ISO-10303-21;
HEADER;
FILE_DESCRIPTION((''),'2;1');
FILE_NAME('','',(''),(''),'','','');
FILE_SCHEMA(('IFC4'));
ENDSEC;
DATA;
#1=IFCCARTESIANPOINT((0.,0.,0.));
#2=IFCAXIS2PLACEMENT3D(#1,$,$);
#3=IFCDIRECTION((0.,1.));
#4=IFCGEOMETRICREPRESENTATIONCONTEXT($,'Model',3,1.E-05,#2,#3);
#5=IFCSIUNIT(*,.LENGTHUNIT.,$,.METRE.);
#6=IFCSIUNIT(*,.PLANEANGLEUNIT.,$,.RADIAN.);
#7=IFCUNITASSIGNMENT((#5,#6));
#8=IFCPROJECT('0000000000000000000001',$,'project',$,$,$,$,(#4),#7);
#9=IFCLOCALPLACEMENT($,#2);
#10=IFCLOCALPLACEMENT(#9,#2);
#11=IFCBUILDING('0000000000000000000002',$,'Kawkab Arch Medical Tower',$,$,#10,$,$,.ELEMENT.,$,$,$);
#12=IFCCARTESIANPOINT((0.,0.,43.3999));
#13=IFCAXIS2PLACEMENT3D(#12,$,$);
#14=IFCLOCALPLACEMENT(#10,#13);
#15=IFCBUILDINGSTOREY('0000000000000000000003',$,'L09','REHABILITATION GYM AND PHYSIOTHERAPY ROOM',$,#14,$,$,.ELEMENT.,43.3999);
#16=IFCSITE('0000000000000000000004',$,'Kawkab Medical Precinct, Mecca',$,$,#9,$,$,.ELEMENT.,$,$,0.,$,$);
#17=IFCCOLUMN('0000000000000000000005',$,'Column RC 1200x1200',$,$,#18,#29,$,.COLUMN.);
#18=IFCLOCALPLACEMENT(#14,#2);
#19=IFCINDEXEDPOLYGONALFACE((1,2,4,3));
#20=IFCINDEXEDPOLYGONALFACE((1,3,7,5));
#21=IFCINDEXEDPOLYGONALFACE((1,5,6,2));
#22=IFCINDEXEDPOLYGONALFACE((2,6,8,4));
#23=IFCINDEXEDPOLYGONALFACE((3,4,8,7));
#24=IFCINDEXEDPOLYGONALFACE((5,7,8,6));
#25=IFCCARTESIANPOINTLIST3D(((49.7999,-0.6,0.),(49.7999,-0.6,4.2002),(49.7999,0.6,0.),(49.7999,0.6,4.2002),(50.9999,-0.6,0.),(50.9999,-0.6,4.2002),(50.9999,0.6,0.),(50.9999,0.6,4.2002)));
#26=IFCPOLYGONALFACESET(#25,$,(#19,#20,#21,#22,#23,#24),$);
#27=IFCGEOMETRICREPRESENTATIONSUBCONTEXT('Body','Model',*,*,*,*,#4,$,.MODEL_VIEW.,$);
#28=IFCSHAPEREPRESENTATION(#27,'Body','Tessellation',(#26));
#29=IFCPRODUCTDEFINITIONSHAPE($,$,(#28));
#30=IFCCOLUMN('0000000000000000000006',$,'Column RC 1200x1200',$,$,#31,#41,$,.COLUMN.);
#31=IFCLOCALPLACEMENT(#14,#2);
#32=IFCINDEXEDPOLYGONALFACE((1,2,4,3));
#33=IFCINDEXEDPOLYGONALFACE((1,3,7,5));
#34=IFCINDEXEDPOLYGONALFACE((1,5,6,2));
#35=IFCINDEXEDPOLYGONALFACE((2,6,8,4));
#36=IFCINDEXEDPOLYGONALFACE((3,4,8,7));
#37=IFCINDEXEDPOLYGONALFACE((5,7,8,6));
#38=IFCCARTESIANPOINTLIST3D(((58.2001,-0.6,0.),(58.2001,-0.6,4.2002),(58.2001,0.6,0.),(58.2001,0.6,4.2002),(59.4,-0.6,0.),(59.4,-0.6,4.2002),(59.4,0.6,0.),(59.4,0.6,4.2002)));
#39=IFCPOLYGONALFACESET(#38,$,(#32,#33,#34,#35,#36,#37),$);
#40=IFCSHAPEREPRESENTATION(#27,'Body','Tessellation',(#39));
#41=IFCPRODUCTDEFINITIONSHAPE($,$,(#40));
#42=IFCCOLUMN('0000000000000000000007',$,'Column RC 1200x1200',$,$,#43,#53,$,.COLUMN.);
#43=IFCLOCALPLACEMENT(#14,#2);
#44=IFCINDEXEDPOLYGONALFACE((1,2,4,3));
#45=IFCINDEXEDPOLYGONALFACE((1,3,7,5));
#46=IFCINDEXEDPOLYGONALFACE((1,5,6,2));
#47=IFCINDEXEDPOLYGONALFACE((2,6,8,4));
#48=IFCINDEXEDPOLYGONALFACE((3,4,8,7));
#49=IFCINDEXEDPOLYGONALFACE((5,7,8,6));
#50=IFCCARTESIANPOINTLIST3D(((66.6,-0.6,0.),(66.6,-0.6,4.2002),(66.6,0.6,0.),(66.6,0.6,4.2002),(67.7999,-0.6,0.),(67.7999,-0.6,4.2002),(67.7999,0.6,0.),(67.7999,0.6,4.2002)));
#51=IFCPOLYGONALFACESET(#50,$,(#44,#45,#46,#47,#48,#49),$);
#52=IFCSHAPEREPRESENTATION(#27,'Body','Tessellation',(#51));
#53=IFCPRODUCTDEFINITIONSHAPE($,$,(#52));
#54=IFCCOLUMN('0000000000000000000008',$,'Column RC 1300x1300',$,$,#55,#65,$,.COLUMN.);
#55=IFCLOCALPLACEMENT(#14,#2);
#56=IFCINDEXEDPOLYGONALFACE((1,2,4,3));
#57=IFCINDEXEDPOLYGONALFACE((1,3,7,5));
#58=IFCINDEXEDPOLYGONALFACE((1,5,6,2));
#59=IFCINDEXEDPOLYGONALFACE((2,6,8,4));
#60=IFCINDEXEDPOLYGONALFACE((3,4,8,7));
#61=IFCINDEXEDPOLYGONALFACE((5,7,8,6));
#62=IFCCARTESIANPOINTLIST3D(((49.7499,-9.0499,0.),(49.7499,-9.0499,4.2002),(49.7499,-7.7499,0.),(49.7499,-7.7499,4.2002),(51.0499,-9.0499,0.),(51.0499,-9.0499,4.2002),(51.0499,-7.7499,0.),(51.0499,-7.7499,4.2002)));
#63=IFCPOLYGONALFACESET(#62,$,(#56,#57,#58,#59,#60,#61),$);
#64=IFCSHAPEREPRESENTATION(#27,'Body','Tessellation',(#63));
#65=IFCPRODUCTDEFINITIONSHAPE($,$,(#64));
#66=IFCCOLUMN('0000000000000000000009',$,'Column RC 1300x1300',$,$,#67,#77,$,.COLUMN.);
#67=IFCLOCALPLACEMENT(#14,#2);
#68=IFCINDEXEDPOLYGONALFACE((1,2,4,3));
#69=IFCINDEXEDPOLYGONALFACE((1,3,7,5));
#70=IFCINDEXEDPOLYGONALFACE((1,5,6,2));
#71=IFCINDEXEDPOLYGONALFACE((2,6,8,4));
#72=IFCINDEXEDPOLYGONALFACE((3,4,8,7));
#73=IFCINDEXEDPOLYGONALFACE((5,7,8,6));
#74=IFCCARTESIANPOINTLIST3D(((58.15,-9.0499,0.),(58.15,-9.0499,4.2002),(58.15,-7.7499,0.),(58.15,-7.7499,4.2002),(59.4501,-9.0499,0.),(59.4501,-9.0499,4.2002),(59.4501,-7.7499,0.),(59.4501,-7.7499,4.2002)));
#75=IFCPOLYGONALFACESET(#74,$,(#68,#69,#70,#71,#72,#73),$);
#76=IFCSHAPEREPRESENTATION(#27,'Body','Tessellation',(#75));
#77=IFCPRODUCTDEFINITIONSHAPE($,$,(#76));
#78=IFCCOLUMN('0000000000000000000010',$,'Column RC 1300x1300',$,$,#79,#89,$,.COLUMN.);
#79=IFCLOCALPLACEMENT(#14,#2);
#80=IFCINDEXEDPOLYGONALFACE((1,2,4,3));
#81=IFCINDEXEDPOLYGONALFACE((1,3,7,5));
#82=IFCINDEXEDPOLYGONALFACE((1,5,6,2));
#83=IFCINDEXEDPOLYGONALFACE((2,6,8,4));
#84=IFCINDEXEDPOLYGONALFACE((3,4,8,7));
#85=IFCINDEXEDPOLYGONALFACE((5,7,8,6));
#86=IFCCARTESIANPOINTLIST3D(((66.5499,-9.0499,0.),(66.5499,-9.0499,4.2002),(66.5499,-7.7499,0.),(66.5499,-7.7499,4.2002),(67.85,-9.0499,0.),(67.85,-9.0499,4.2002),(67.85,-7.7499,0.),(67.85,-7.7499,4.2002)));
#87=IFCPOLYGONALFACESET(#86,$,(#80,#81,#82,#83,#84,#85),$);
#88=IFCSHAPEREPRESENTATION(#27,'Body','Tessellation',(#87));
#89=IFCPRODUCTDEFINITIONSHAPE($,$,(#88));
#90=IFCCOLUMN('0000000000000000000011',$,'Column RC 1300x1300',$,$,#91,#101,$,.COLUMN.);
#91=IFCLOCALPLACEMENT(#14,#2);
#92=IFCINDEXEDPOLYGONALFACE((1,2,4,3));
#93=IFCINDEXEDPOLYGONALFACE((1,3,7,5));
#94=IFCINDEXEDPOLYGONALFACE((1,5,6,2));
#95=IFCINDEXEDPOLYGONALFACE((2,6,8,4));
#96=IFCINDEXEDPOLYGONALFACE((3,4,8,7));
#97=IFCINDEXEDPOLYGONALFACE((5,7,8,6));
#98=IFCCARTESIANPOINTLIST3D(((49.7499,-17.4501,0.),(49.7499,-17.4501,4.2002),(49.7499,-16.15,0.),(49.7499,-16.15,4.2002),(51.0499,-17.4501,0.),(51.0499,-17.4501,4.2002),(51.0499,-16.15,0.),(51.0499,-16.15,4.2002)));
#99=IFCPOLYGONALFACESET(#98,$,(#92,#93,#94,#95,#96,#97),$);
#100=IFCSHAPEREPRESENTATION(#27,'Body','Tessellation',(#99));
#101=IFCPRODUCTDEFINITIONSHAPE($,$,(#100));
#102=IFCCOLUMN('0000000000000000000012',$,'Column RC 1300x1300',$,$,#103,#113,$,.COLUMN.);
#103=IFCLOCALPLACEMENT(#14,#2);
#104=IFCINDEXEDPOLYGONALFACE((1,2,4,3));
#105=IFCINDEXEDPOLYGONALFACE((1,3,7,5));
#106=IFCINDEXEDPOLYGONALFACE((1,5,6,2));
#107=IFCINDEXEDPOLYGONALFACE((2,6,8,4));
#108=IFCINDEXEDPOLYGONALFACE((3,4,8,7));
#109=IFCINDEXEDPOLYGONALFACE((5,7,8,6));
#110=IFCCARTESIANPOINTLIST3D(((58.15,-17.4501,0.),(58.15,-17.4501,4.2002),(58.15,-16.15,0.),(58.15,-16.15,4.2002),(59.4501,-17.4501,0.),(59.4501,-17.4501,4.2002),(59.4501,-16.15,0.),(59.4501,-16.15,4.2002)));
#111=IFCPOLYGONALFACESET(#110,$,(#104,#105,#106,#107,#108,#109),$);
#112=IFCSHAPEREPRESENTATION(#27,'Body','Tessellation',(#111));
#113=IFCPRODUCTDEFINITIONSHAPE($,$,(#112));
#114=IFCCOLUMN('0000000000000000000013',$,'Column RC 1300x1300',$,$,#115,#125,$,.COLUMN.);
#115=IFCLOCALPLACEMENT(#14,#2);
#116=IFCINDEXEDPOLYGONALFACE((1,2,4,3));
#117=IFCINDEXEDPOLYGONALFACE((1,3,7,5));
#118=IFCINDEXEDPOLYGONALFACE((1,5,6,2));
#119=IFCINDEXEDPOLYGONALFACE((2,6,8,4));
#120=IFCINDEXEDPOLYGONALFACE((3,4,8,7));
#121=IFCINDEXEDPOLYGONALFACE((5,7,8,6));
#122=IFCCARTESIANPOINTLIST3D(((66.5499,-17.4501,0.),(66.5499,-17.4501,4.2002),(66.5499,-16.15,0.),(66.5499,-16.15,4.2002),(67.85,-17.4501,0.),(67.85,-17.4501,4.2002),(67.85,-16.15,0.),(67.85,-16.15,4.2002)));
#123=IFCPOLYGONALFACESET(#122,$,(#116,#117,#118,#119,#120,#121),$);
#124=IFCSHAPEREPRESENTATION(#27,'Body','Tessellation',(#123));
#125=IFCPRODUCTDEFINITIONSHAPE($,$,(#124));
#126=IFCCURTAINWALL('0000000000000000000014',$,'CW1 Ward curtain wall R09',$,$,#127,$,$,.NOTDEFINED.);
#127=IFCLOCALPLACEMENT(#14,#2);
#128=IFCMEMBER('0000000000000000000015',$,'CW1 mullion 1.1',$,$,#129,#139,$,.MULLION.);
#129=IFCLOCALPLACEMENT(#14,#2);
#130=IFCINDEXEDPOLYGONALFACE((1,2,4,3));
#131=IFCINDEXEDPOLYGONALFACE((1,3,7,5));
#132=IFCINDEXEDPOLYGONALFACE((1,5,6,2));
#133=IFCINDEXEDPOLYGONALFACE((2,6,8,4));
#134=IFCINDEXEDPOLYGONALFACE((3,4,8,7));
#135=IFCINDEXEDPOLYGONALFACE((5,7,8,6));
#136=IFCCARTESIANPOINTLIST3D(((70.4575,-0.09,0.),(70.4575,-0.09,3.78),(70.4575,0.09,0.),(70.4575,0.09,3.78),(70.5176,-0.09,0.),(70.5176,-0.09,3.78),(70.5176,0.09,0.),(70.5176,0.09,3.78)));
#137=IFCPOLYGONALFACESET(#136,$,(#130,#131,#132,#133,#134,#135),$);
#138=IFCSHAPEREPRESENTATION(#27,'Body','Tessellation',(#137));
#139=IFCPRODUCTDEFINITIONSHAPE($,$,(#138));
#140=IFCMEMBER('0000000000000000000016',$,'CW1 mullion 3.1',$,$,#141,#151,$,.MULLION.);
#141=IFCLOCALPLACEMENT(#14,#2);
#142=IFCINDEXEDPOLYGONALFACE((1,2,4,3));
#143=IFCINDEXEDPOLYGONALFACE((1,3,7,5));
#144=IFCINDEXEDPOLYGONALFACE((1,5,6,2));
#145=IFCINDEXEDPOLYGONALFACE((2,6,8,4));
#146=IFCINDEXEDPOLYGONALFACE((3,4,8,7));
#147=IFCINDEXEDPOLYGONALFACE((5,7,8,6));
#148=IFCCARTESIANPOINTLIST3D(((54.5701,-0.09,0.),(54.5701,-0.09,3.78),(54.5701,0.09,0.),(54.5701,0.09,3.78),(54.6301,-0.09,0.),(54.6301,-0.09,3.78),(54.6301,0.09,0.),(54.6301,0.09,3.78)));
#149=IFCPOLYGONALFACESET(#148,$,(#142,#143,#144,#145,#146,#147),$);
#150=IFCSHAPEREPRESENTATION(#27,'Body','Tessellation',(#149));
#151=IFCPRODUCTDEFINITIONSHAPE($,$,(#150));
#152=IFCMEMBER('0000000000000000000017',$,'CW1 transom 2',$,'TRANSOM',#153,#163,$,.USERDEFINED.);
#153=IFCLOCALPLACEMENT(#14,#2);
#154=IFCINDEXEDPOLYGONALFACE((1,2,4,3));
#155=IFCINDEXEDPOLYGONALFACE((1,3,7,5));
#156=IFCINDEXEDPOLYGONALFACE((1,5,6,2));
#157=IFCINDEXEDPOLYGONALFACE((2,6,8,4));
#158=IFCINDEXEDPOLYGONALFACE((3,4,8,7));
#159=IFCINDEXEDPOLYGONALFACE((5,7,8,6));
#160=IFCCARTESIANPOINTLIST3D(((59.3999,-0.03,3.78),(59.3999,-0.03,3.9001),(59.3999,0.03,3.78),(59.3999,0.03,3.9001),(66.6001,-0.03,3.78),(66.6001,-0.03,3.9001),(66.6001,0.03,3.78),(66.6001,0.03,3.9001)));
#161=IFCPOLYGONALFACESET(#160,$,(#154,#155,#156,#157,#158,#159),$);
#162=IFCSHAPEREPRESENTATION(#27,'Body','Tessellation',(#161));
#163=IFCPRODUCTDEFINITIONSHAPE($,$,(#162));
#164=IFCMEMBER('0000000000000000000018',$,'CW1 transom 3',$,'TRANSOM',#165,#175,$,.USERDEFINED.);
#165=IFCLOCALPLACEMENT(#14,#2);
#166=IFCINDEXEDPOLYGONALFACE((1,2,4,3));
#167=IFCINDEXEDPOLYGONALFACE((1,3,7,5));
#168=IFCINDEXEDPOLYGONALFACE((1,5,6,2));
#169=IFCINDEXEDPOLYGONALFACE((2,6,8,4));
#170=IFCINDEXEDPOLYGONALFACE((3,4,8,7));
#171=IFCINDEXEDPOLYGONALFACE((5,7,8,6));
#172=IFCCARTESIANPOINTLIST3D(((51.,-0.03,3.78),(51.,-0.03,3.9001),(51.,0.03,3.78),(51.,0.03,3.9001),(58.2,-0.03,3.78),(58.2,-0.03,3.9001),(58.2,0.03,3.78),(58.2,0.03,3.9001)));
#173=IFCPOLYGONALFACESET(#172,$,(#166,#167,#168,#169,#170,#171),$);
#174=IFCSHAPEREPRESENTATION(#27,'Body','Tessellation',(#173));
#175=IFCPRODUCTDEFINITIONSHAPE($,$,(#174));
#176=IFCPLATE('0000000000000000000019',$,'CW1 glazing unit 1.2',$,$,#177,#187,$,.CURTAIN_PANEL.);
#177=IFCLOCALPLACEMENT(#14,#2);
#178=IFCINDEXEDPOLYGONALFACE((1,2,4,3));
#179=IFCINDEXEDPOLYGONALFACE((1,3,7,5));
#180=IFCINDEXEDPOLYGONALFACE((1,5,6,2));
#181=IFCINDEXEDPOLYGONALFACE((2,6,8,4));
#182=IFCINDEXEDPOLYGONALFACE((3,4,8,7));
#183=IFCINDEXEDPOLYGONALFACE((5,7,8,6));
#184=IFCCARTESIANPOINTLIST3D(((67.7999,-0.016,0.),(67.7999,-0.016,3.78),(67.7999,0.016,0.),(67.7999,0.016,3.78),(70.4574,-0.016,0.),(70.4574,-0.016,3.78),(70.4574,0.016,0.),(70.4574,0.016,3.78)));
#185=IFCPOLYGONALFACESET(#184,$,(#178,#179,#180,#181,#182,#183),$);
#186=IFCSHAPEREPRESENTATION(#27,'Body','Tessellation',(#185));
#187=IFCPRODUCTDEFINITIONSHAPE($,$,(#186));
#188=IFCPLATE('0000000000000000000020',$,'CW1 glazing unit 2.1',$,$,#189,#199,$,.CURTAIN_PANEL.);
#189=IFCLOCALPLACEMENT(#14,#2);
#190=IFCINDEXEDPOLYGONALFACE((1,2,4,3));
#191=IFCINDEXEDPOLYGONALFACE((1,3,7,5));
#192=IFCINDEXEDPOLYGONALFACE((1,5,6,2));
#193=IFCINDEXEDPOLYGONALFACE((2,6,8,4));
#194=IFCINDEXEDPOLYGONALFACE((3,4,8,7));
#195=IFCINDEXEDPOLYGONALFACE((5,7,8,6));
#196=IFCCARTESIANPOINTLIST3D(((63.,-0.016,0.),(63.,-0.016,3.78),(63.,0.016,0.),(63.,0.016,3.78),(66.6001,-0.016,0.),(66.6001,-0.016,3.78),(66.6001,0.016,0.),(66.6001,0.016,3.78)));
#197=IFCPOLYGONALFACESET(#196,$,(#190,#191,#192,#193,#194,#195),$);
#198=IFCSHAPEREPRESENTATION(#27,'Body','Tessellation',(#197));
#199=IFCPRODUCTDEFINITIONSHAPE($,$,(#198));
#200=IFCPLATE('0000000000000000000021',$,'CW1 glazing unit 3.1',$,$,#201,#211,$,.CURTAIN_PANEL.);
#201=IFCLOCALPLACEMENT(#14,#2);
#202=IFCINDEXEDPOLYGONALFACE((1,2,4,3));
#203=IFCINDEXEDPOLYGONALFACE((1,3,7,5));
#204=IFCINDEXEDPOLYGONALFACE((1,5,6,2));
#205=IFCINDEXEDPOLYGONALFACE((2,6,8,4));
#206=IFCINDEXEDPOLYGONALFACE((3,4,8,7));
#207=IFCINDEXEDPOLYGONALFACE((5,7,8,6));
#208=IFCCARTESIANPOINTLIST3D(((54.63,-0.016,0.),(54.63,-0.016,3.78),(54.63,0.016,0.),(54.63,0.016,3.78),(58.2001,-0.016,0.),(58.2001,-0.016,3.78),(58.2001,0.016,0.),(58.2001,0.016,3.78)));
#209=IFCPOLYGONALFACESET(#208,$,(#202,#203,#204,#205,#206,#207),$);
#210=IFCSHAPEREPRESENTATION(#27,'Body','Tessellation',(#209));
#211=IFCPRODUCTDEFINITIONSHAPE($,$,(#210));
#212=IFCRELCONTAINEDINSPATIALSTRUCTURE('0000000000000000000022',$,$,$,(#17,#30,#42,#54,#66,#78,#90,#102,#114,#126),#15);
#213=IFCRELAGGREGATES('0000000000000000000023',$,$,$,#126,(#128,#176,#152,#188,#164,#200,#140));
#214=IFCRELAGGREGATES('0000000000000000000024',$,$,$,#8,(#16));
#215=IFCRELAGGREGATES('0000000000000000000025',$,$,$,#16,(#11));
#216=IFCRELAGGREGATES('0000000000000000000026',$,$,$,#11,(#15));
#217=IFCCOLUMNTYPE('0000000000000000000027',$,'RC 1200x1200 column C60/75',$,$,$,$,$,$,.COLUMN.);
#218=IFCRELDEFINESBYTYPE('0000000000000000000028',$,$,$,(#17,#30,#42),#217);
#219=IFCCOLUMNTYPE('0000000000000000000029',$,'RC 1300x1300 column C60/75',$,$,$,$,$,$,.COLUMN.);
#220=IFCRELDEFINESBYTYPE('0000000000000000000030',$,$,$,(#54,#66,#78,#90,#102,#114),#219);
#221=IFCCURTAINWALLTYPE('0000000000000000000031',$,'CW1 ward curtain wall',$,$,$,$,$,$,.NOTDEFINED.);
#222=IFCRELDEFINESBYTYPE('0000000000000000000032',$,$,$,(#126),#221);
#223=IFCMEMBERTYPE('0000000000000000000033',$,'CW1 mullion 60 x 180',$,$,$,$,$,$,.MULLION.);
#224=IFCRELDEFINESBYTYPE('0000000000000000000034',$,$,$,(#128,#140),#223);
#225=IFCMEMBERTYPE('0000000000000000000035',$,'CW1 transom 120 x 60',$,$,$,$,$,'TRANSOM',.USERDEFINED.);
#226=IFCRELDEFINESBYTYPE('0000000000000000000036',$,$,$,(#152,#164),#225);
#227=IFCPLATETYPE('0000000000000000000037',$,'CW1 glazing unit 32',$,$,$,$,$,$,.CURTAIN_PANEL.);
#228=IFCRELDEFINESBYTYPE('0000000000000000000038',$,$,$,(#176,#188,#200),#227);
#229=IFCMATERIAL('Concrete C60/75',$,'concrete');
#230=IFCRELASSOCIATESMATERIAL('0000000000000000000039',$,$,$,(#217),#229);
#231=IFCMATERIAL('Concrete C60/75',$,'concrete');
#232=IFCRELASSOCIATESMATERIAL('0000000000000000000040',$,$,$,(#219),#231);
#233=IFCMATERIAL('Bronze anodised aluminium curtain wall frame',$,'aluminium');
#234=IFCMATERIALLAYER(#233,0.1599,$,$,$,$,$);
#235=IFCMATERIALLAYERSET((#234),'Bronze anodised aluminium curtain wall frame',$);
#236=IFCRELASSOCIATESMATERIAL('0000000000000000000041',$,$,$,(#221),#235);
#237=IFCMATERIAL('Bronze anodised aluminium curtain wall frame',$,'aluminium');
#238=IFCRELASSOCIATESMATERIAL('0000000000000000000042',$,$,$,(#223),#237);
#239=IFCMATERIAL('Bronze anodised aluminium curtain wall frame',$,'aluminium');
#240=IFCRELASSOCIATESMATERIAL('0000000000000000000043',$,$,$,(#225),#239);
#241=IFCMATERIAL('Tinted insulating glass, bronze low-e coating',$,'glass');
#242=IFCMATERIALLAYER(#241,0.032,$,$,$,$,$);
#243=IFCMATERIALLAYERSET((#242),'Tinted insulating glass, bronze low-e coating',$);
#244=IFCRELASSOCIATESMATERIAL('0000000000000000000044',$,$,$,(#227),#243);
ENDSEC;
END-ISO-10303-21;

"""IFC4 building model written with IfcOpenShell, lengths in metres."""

from ifc_helpers import new_model, si_unit, direction, frame, origin, origin_2d, place, context, subcontext, project, spatial, rectangle, extrude, material, layer, layer_set, material_profile, profile_set, type_object, element, aggregate, save


model = new_model("IFC4")

# Units and contexts
model_context = context("Model", 3, precision=1e-05, world=origin(), true_north=direction((0.0, 1.0)))
body_context = subcontext(model_context, "Body", "Model", "MODEL_VIEW")
ifc_project = project(units=[si_unit("LENGTHUNIT", "METRE"), si_unit("PLANEANGLEUNIT", "RADIAN")], contexts=[model_context])

# Site, building, storey
site_placement = place(None, origin())
site = spatial("IfcSite", under=ifc_project, at=site_placement, Name="Kawkab Medical Precinct, Mecca", CompositionType="ELEMENT", RefElevation=0.0)
building_placement = place(site_placement, origin())
building = spatial("IfcBuilding", under=site, at=building_placement, Name="Kawkab Arch Medical Tower", CompositionType="ELEMENT")
storey_placement = place(building_placement, frame((0.0, 0.0, 43.3999)))
storey = spatial("IfcBuildingStorey", under=building, at=storey_placement, Name="L09", Description="REHABILITATION GYM AND PHYSIOTHERAPY ROOM", CompositionType="ELEMENT", Elevation=43.3999)

# Columns
ifc_material_1 = material(Name="Concrete C60/75", Category="concrete")
ifc_material_profile_1 = material_profile(ifc_material_1, rectangle(XDim=1.2, YDim=1.2, at=origin_2d()), Name="RC 1200x1200")
ifc_profile_set_1 = profile_set([ifc_material_profile_1], Name="Concrete C60/75")
column_type_1 = type_object("IfcColumnType", Name="RC 1200x1200 column C60/75", PredefinedType="COLUMN", material=ifc_profile_set_1)
for number, where, z_axis, x_axis, name in (
    (1, (50.3999, 0.0, 0.0), (0.0, 0.0, 1.0), (1.0, 0.0, 0.0), "Column RC 1200x1200"),
    (2, (58.8, 0.0, 0.0), (0.0, 0.0, 1.0), (1.0, 0.0, 0.0), "Column RC 1200x1200"),
    (3, (67.2, 0.0, 0.0), (0.0, 0.0, 1.0), (1.0, 0.0, 0.0), "Column RC 1200x1200"),
):
    element("IfcColumn", number, at=place(storey_placement, frame(where, z_axis=z_axis, x_axis=x_axis)), inside=storey, type_object=column_type_1, Name=name, PredefinedType="COLUMN", context=body_context, shape_type="SweptSolid", body=[
        extrude(rectangle(XDim=1.2, YDim=1.2, at=origin_2d()), origin(), (0.0, 0.0, 1.0), 4.2002),
    ])
ifc_material_2 = material(Name="Concrete C60/75", Category="concrete")
ifc_material_profile_2 = material_profile(ifc_material_2, rectangle(XDim=1.3, YDim=1.3, at=origin_2d()), Name="RC 1300x1300")
ifc_profile_set_2 = profile_set([ifc_material_profile_2], Name="Concrete C60/75")
column_type_2 = type_object("IfcColumnType", Name="RC 1300x1300 column C60/75", PredefinedType="COLUMN", material=ifc_profile_set_2)
for number, where, z_axis, x_axis, name in (
    (4, (50.3999, -8.3999, 0.0), (0.0, 0.0, 1.0), (1.0, 0.0, 0.0), "Column RC 1300x1300"),
    (5, (58.8, -8.3999, 0.0), (0.0, 0.0, 1.0), (1.0, 0.0, 0.0), "Column RC 1300x1300"),
    (6, (67.2, -8.3999, 0.0), (0.0, 0.0, 1.0), (1.0, 0.0, 0.0), "Column RC 1300x1300"),
    (7, (50.3999, -16.8, 0.0), (0.0, 0.0, 1.0), (1.0, 0.0, 0.0), "Column RC 1300x1300"),
    (8, (58.8, -16.8, 0.0), (0.0, 0.0, 1.0), (1.0, 0.0, 0.0), "Column RC 1300x1300"),
    (9, (67.2, -16.8, 0.0), (0.0, 0.0, 1.0), (1.0, 0.0, 0.0), "Column RC 1300x1300"),
):
    element("IfcColumn", number, at=place(storey_placement, frame(where, z_axis=z_axis, x_axis=x_axis)), inside=storey, type_object=column_type_2, Name=name, PredefinedType="COLUMN", context=body_context, shape_type="SweptSolid", body=[
        extrude(rectangle(XDim=1.3, YDim=1.3, at=origin_2d()), origin(), (0.0, 0.0, 1.0), 4.2002),
    ])

# Curtain wall, members, plates
ifc_material_3 = material(Name="Bronze anodised aluminium curtain wall frame", Category="aluminium")
ifc_layer_1 = layer(ifc_material_3, 0.1599)
ifc_layer_set_1 = layer_set([ifc_layer_1], Name="Bronze anodised aluminium curtain wall frame")
curtain_wall_type = type_object("IfcCurtainWallType", Name="CW1 ward curtain wall", PredefinedType="NOTDEFINED", material=ifc_layer_set_1)
curtain_wall_placement = place(storey_placement, origin())
curtain_wall = element("IfcCurtainWall", 10, at=curtain_wall_placement, inside=storey, type_object=curtain_wall_type, Name="CW1 Ward curtain wall R09", PredefinedType="NOTDEFINED")
ifc_material_4 = material(Name="Bronze anodised aluminium curtain wall frame", Category="aluminium")
ifc_material_profile_3 = material_profile(ifc_material_4, rectangle(XDim=0.1799, YDim=0.0601, at=origin_2d()), Name="AL 60x180")
ifc_profile_set_3 = profile_set([ifc_material_profile_3], Name="Bronze anodised aluminium curtain wall frame")
member_type_1 = type_object("IfcMemberType", Name="CW1 mullion 60 x 180", PredefinedType="MULLION", material=ifc_profile_set_3)
member_1_placement = place(storey_placement, frame((70.4875, 0.0, 0.0), z_axis=(0.0, 0.0, 1.0), x_axis=(0.0, -1.0, 0.0)))
member_1 = element("IfcMember", 11, at=member_1_placement, type_object=member_type_1, Name="CW1 mullion 1.1", PredefinedType="MULLION", context=body_context, shape_type="SweptSolid", body=[
    extrude(rectangle(XDim=0.1799, YDim=0.0601, at=origin_2d()), origin(), (0.0, 0.0, 1.0), 3.78),
])
member_2_placement = place(storey_placement, frame((54.6001, 0.0, 0.0), z_axis=(0.0, 0.0, 1.0), x_axis=(0.0, -1.0, 0.0)))
member_2 = element("IfcMember", 12, at=member_2_placement, type_object=member_type_1, Name="CW1 mullion 3.1", PredefinedType="MULLION", context=body_context, shape_type="SweptSolid", body=[
    extrude(rectangle(XDim=0.1799, YDim=0.0601, at=origin_2d()), origin(), (0.0, 0.0, 1.0), 3.78),
])
ifc_material_5 = material(Name="Bronze anodised aluminium curtain wall frame", Category="aluminium")
ifc_material_profile_4 = material_profile(ifc_material_5, rectangle(XDim=0.0601, YDim=0.1201, at=origin_2d()), Name="AL 60x120")
ifc_profile_set_4 = profile_set([ifc_material_profile_4], Name="Bronze anodised aluminium curtain wall frame")
member_type_2 = type_object("IfcMemberType", Name="CW1 transom 120 x 60", ElementType="TRANSOM", PredefinedType="USERDEFINED", material=ifc_profile_set_4)
member_3_placement = place(storey_placement, frame((66.6001, 0.0, 3.8401), z_axis=(-1.0, 0.0, 0.0), x_axis=(0.0, -1.0, 0.0)))
member_3 = element("IfcMember", 13, at=member_3_placement, type_object=member_type_2, Name="CW1 transom 2", ObjectType="TRANSOM", PredefinedType="USERDEFINED", context=body_context, shape_type="SweptSolid", body=[
    extrude(rectangle(XDim=0.0601, YDim=0.1201, at=origin_2d()), origin(), (0.0, 0.0, 1.0), 7.2002),
])
member_4_placement = place(storey_placement, frame((58.2, 0.0, 3.8401), z_axis=(-1.0, 0.0, 0.0), x_axis=(0.0, -1.0, 0.0)))
member_4 = element("IfcMember", 14, at=member_4_placement, type_object=member_type_2, Name="CW1 transom 3", ObjectType="TRANSOM", PredefinedType="USERDEFINED", context=body_context, shape_type="SweptSolid", body=[
    extrude(rectangle(XDim=0.0601, YDim=0.1201, at=origin_2d()), origin(), (0.0, 0.0, 1.0), 7.2),
])
ifc_material_6 = material(Name="Tinted insulating glass, bronze low-e coating", Category="glass")
ifc_layer_2 = layer(ifc_material_6, 0.032)
ifc_layer_set_2 = layer_set([ifc_layer_2], Name="Tinted insulating glass, bronze low-e coating")
plate_type = type_object("IfcPlateType", Name="CW1 glazing unit 32", PredefinedType="CURTAIN_PANEL", material=ifc_layer_set_2)
plate_1_placement = place(storey_placement, frame((69.1287, 0.0, 0.0), z_axis=(0.0, 0.0, 1.0), x_axis=(-1.0, 0.0, 0.0)))
plate_1 = element("IfcPlate", 15, at=plate_1_placement, type_object=plate_type, Name="CW1 glazing unit 1.2", PredefinedType="CURTAIN_PANEL", context=body_context, shape_type="SweptSolid", body=[
    extrude(rectangle(XDim=2.6575, YDim=0.032, at=origin_2d()), origin(), (0.0, 0.0, 1.0), 3.78),
])
plate_2_placement = place(storey_placement, frame((64.8, 0.0, 0.0), z_axis=(0.0, 0.0, 1.0), x_axis=(-1.0, 0.0, 0.0)))
plate_2 = element("IfcPlate", 16, at=plate_2_placement, type_object=plate_type, Name="CW1 glazing unit 2.1", PredefinedType="CURTAIN_PANEL", context=body_context, shape_type="SweptSolid", body=[
    extrude(rectangle(XDim=3.6001, YDim=0.032, at=origin_2d()), origin(), (0.0, 0.0, 1.0), 3.78),
])
plate_3_placement = place(storey_placement, frame((56.415, 0.0, 0.0), z_axis=(0.0, 0.0, 1.0), x_axis=(-1.0, 0.0, 0.0)))
plate_3 = element("IfcPlate", 17, at=plate_3_placement, type_object=plate_type, Name="CW1 glazing unit 3.1", PredefinedType="CURTAIN_PANEL", context=body_context, shape_type="SweptSolid", body=[
    extrude(rectangle(XDim=3.5701, YDim=0.032, at=origin_2d()), origin(), (0.0, 0.0, 1.0), 3.78),
])
aggregate(curtain_wall, [member_1, plate_1, member_3, plate_2, member_4, plate_3, member_2])

save(model, "model.ifc")
